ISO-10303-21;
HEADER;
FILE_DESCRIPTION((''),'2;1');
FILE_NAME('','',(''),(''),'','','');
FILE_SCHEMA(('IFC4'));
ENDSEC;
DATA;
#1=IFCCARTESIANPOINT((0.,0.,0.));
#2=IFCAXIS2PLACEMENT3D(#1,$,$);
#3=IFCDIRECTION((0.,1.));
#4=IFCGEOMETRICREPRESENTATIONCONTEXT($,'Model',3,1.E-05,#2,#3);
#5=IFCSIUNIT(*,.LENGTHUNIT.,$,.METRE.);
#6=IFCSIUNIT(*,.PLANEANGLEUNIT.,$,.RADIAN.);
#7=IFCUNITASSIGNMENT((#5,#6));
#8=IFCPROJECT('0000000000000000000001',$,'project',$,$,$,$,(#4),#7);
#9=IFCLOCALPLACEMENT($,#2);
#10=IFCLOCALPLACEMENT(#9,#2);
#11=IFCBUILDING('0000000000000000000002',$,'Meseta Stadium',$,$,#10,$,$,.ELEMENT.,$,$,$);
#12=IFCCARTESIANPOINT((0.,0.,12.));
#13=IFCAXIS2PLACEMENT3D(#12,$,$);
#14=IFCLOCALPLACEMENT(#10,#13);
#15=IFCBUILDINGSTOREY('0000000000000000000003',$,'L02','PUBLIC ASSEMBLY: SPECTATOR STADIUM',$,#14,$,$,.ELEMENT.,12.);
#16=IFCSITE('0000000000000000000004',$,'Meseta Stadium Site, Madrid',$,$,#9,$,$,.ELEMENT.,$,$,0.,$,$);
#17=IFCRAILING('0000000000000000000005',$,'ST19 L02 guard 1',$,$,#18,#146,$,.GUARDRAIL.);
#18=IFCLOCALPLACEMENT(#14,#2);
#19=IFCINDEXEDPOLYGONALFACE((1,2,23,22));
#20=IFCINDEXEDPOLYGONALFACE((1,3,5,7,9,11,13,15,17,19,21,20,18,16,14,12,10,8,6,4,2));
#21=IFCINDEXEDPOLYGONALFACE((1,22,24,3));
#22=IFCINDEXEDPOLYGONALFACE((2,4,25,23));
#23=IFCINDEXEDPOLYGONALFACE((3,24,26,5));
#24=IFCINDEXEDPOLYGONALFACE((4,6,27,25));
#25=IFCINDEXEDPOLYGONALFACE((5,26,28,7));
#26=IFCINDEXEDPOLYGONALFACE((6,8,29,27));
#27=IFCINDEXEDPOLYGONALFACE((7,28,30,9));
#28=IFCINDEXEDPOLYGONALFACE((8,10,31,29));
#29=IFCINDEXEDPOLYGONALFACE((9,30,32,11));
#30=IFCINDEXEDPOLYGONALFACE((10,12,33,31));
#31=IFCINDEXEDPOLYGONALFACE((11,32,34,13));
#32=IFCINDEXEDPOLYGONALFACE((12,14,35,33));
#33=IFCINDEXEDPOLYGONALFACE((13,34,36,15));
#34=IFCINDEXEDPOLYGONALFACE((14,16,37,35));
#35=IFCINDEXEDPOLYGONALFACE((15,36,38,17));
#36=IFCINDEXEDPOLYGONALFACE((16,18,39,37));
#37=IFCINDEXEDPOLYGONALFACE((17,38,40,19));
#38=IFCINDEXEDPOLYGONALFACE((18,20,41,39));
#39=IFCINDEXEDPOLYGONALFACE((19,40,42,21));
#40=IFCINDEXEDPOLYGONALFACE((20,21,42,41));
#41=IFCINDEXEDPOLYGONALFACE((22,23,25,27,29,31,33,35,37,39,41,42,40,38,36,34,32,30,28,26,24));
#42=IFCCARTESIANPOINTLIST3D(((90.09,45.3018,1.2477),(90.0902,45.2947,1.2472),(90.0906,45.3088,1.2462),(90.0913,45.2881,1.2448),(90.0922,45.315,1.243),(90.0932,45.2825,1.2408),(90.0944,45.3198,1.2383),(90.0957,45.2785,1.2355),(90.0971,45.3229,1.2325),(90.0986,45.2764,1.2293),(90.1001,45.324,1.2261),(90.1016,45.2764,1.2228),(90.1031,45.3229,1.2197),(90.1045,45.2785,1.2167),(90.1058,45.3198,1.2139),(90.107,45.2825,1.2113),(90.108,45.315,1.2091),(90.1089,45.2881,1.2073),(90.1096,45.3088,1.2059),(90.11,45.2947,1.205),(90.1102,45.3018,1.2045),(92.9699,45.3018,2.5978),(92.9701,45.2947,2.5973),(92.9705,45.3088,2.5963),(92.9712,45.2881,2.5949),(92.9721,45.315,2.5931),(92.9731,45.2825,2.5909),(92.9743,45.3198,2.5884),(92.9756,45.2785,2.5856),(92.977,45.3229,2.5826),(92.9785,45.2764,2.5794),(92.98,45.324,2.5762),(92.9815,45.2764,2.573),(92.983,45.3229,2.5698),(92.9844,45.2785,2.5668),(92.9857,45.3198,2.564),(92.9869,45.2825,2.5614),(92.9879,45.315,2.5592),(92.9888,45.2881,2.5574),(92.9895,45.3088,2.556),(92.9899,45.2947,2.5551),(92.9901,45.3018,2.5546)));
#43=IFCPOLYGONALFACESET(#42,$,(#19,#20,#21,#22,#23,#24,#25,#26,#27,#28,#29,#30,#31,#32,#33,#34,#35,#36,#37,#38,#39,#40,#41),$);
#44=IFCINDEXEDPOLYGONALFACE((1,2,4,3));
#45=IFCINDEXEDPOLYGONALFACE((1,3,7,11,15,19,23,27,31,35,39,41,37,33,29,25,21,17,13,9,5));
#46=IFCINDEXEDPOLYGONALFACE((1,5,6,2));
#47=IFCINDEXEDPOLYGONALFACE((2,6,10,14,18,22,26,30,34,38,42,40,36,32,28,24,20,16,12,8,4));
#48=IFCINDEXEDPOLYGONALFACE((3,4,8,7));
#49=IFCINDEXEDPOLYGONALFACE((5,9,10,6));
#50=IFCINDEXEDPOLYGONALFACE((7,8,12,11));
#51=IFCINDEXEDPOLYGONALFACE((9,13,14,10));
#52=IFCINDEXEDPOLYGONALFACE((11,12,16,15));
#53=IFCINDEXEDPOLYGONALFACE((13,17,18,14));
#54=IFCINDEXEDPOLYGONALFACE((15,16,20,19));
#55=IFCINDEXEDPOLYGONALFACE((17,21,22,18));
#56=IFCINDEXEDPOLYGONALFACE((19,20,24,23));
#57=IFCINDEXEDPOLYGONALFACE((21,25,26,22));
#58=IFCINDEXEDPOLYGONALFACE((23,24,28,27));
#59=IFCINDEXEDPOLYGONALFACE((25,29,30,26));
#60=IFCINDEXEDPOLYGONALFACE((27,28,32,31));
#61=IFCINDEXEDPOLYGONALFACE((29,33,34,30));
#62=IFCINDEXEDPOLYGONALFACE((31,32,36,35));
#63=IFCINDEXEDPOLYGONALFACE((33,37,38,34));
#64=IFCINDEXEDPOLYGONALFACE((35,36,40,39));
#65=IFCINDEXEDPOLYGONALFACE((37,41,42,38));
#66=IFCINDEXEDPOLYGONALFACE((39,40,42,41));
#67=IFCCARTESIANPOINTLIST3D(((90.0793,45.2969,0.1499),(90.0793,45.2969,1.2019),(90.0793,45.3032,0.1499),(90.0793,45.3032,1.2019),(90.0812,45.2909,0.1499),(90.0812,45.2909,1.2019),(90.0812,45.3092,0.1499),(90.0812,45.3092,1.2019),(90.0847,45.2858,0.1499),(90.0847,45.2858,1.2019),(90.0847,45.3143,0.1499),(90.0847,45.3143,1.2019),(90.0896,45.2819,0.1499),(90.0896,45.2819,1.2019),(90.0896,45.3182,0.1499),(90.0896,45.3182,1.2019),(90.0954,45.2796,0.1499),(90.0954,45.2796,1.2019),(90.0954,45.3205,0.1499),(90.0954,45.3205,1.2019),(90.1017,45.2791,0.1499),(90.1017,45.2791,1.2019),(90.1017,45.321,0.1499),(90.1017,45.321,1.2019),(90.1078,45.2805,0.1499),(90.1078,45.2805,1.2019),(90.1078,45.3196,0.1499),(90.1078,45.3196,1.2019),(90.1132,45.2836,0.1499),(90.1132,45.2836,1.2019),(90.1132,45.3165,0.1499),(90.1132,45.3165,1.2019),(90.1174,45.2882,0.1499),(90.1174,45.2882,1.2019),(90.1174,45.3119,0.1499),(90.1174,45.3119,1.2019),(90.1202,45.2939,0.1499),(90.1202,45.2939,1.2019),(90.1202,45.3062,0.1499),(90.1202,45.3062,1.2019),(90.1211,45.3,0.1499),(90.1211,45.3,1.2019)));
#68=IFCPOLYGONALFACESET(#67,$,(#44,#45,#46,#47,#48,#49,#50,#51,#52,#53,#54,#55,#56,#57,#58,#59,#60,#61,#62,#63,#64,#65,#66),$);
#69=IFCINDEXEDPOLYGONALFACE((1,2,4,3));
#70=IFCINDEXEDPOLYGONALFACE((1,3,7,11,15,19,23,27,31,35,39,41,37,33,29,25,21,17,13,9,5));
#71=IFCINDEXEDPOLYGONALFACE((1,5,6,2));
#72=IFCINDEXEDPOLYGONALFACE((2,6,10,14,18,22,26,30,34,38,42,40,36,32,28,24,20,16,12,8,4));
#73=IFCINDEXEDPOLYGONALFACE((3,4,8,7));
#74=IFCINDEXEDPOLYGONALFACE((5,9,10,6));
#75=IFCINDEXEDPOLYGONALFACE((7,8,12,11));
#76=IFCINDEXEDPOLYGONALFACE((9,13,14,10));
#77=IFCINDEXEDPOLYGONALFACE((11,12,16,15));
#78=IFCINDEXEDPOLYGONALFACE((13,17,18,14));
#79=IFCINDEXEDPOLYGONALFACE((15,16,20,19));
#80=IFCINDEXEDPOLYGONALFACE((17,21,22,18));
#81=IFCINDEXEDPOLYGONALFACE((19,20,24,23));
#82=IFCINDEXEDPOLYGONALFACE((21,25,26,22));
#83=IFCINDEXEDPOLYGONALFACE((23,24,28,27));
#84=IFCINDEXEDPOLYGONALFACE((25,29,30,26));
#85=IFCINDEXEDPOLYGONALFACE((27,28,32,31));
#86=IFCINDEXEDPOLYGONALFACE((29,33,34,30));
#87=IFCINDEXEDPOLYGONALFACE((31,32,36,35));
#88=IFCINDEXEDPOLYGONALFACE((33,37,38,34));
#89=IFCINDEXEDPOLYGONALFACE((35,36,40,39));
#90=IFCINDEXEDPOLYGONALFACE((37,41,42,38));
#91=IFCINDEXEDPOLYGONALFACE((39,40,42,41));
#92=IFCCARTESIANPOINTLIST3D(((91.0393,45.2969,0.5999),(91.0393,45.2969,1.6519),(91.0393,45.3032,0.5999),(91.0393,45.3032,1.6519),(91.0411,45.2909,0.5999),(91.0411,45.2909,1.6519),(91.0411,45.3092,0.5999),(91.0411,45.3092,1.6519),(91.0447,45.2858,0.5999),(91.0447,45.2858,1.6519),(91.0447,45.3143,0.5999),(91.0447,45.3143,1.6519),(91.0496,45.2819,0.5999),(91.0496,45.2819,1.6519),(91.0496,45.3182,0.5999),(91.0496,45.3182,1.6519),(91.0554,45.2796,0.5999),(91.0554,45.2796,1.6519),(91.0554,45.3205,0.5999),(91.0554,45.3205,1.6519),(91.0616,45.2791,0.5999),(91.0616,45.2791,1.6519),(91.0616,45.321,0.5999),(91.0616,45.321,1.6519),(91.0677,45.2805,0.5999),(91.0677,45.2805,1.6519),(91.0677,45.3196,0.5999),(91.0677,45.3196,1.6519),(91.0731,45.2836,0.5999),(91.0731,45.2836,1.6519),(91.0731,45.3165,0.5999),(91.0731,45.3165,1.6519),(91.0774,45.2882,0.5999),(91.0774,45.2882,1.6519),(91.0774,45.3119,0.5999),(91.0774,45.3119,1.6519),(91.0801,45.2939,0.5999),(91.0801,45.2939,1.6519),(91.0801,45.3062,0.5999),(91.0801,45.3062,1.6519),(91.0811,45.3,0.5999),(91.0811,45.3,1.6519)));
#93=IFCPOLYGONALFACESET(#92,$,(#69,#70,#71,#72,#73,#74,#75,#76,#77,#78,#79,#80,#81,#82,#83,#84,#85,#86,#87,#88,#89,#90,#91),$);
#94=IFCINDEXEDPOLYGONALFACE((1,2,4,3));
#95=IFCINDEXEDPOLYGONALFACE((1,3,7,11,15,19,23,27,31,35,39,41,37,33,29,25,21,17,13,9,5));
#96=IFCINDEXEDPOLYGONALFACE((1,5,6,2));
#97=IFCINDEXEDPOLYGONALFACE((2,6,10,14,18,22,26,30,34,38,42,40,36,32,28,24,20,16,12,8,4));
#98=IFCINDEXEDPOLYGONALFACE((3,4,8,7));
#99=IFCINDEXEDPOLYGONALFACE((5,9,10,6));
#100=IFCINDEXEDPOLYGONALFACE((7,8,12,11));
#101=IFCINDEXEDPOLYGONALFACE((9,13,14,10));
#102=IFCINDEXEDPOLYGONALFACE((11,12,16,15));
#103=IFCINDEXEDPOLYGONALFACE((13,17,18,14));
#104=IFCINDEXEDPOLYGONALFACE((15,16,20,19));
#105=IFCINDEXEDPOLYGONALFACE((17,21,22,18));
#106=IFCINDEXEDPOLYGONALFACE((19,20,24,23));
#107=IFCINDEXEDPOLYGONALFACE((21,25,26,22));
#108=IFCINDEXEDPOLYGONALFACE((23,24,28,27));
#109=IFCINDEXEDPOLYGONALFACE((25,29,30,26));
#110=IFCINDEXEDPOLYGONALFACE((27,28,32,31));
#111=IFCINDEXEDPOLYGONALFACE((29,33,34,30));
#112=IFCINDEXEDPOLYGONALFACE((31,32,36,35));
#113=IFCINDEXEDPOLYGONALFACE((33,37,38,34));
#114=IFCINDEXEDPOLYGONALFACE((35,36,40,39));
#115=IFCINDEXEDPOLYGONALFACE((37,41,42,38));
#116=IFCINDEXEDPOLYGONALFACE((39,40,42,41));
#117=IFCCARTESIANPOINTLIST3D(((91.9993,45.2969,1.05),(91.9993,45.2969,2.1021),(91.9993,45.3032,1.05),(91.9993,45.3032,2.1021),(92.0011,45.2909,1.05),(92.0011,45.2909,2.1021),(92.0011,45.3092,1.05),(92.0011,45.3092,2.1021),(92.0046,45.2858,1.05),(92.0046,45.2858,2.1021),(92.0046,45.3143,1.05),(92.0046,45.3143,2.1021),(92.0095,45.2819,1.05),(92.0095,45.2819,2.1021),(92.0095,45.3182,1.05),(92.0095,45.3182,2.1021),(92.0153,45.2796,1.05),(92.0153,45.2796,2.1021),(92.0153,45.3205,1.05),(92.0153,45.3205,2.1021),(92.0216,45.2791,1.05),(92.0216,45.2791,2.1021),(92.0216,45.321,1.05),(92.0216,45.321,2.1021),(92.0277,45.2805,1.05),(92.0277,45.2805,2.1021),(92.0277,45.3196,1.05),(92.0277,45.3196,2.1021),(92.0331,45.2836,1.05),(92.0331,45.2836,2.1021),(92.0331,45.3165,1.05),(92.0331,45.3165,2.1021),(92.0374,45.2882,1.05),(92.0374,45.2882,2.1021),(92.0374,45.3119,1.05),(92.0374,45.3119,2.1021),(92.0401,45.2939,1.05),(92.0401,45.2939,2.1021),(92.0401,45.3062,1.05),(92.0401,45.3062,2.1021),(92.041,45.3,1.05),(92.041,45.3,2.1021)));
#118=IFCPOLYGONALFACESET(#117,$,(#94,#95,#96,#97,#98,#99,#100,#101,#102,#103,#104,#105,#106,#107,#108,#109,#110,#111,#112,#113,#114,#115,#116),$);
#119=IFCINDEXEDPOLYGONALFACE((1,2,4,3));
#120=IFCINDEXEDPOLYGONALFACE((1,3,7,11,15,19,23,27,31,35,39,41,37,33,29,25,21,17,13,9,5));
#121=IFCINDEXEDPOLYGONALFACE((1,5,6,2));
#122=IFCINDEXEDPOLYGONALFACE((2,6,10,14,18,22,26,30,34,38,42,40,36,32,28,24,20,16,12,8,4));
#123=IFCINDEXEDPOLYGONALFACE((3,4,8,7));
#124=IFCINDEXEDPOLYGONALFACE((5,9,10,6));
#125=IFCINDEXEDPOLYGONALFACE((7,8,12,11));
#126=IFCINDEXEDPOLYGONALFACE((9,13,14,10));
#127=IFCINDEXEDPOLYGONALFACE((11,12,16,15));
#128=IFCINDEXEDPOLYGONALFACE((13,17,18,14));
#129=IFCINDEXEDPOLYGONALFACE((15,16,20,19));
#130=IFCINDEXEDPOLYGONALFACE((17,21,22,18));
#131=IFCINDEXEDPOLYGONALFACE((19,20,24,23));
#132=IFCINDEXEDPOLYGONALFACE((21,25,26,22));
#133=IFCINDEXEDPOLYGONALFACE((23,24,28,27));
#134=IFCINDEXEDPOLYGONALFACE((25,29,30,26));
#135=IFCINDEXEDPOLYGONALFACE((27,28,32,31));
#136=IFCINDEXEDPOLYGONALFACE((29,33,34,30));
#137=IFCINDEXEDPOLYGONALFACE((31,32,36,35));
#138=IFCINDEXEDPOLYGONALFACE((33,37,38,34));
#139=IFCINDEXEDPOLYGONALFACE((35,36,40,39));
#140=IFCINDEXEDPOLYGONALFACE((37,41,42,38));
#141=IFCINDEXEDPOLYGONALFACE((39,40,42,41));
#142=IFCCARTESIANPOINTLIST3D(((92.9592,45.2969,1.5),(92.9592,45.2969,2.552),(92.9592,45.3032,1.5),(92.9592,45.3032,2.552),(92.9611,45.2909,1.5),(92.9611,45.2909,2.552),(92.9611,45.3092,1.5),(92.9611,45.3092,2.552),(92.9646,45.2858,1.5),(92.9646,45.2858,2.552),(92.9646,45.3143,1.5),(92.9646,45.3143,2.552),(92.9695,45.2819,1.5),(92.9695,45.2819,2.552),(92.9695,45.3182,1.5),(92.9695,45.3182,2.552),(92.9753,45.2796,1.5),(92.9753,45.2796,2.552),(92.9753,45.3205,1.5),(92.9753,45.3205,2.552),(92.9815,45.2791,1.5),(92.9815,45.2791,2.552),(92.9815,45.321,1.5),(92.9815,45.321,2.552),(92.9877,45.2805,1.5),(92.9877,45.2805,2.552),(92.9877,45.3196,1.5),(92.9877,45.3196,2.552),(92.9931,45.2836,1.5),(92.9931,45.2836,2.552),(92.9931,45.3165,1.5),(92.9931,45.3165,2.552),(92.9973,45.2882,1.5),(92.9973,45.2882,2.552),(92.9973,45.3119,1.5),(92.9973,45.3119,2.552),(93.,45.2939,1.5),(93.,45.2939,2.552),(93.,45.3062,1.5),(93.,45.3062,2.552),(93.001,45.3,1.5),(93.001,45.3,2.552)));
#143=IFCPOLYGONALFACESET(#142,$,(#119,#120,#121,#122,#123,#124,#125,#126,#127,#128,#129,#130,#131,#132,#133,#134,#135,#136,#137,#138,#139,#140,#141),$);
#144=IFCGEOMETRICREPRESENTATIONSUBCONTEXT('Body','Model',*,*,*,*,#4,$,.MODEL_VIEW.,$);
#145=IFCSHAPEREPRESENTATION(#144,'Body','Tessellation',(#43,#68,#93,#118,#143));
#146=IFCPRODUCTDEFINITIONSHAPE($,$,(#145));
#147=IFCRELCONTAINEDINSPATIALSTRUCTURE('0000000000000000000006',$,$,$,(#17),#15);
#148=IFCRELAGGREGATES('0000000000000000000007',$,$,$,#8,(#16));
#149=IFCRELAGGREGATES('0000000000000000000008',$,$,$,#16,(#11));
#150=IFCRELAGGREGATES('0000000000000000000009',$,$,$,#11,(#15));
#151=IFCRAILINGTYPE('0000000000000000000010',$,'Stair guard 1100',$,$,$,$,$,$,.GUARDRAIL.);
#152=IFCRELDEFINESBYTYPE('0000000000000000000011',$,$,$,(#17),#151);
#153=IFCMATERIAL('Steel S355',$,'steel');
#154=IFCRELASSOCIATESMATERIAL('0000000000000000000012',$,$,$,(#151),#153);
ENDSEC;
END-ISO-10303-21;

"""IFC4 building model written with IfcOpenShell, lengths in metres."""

from ifc_helpers import new_model, si_unit, direction, frame, origin, origin_2d, place, context, subcontext, project, spatial, circle, extrude, material, type_object, element, save


model = new_model("IFC4")

# Units and contexts
model_context = context("Model", 3, precision=1e-05, world=origin(), true_north=direction((0.0, 1.0)))
body_context = subcontext(model_context, "Body", "Model", "MODEL_VIEW")
ifc_project = project(units=[si_unit("LENGTHUNIT", "METRE"), si_unit("PLANEANGLEUNIT", "RADIAN")], contexts=[model_context])

# Site, building, storey
site_placement = place(None, origin())
site = spatial("IfcSite", under=ifc_project, at=site_placement, Name="Meseta Stadium Site, Madrid", CompositionType="ELEMENT", RefElevation=0.0)
building_placement = place(site_placement, origin())
building = spatial("IfcBuilding", under=site, at=building_placement, Name="Meseta Stadium", CompositionType="ELEMENT")
storey_placement = place(building_placement, frame((0.0, 0.0, 12.0)))
storey = spatial("IfcBuildingStorey", under=building, at=storey_placement, Name="L02", Description="PUBLIC ASSEMBLY: SPECTATOR STADIUM", CompositionType="ELEMENT", Elevation=12.0)

# Railing
ifc_material_1 = material(Name="Steel S355", Category="steel")
railing_type_1 = type_object("IfcRailingType", Name="Stair guard 1100", PredefinedType="GUARDRAIL", material=ifc_material_1)
railing_1_placement = place(storey_placement, frame((90.1001, 45.3, 0.1499)))
element("IfcRailing", 1, at=railing_1_placement, inside=storey, type_object=railing_type_1, Name="ST19 L02 guard 1", PredefinedType="GUARDRAIL", context=body_context, shape_type="SweptSolid", body=[
    extrude(circle(Radius=0.0239, at=origin_2d()), frame((0.0, 0.0, 1.0762), z_axis=(0.90544, 0.0, 0.424473), x_axis=(0.0, 1.0, 0.0)), (0.0, 0.0, 1.0), 3.1807),
    extrude(circle(Radius=0.021, at=origin_2d()), origin(), (0.0, 0.0, 1.0), 1.052),
    extrude(circle(Radius=0.021, at=origin_2d()), frame((0.96, 0.0, 0.45)), (0.0, 0.0, 1.0), 1.052),
    extrude(circle(Radius=0.021, at=origin_2d()), frame((1.9199, 0.0, 0.9001)), (0.0, 0.0, 1.0), 1.052),
    extrude(circle(Radius=0.021, at=origin_2d()), frame((2.8799, 0.0, 1.3501)), (0.0, 0.0, 1.0), 1.052),
])

save(model, "model.ifc")
